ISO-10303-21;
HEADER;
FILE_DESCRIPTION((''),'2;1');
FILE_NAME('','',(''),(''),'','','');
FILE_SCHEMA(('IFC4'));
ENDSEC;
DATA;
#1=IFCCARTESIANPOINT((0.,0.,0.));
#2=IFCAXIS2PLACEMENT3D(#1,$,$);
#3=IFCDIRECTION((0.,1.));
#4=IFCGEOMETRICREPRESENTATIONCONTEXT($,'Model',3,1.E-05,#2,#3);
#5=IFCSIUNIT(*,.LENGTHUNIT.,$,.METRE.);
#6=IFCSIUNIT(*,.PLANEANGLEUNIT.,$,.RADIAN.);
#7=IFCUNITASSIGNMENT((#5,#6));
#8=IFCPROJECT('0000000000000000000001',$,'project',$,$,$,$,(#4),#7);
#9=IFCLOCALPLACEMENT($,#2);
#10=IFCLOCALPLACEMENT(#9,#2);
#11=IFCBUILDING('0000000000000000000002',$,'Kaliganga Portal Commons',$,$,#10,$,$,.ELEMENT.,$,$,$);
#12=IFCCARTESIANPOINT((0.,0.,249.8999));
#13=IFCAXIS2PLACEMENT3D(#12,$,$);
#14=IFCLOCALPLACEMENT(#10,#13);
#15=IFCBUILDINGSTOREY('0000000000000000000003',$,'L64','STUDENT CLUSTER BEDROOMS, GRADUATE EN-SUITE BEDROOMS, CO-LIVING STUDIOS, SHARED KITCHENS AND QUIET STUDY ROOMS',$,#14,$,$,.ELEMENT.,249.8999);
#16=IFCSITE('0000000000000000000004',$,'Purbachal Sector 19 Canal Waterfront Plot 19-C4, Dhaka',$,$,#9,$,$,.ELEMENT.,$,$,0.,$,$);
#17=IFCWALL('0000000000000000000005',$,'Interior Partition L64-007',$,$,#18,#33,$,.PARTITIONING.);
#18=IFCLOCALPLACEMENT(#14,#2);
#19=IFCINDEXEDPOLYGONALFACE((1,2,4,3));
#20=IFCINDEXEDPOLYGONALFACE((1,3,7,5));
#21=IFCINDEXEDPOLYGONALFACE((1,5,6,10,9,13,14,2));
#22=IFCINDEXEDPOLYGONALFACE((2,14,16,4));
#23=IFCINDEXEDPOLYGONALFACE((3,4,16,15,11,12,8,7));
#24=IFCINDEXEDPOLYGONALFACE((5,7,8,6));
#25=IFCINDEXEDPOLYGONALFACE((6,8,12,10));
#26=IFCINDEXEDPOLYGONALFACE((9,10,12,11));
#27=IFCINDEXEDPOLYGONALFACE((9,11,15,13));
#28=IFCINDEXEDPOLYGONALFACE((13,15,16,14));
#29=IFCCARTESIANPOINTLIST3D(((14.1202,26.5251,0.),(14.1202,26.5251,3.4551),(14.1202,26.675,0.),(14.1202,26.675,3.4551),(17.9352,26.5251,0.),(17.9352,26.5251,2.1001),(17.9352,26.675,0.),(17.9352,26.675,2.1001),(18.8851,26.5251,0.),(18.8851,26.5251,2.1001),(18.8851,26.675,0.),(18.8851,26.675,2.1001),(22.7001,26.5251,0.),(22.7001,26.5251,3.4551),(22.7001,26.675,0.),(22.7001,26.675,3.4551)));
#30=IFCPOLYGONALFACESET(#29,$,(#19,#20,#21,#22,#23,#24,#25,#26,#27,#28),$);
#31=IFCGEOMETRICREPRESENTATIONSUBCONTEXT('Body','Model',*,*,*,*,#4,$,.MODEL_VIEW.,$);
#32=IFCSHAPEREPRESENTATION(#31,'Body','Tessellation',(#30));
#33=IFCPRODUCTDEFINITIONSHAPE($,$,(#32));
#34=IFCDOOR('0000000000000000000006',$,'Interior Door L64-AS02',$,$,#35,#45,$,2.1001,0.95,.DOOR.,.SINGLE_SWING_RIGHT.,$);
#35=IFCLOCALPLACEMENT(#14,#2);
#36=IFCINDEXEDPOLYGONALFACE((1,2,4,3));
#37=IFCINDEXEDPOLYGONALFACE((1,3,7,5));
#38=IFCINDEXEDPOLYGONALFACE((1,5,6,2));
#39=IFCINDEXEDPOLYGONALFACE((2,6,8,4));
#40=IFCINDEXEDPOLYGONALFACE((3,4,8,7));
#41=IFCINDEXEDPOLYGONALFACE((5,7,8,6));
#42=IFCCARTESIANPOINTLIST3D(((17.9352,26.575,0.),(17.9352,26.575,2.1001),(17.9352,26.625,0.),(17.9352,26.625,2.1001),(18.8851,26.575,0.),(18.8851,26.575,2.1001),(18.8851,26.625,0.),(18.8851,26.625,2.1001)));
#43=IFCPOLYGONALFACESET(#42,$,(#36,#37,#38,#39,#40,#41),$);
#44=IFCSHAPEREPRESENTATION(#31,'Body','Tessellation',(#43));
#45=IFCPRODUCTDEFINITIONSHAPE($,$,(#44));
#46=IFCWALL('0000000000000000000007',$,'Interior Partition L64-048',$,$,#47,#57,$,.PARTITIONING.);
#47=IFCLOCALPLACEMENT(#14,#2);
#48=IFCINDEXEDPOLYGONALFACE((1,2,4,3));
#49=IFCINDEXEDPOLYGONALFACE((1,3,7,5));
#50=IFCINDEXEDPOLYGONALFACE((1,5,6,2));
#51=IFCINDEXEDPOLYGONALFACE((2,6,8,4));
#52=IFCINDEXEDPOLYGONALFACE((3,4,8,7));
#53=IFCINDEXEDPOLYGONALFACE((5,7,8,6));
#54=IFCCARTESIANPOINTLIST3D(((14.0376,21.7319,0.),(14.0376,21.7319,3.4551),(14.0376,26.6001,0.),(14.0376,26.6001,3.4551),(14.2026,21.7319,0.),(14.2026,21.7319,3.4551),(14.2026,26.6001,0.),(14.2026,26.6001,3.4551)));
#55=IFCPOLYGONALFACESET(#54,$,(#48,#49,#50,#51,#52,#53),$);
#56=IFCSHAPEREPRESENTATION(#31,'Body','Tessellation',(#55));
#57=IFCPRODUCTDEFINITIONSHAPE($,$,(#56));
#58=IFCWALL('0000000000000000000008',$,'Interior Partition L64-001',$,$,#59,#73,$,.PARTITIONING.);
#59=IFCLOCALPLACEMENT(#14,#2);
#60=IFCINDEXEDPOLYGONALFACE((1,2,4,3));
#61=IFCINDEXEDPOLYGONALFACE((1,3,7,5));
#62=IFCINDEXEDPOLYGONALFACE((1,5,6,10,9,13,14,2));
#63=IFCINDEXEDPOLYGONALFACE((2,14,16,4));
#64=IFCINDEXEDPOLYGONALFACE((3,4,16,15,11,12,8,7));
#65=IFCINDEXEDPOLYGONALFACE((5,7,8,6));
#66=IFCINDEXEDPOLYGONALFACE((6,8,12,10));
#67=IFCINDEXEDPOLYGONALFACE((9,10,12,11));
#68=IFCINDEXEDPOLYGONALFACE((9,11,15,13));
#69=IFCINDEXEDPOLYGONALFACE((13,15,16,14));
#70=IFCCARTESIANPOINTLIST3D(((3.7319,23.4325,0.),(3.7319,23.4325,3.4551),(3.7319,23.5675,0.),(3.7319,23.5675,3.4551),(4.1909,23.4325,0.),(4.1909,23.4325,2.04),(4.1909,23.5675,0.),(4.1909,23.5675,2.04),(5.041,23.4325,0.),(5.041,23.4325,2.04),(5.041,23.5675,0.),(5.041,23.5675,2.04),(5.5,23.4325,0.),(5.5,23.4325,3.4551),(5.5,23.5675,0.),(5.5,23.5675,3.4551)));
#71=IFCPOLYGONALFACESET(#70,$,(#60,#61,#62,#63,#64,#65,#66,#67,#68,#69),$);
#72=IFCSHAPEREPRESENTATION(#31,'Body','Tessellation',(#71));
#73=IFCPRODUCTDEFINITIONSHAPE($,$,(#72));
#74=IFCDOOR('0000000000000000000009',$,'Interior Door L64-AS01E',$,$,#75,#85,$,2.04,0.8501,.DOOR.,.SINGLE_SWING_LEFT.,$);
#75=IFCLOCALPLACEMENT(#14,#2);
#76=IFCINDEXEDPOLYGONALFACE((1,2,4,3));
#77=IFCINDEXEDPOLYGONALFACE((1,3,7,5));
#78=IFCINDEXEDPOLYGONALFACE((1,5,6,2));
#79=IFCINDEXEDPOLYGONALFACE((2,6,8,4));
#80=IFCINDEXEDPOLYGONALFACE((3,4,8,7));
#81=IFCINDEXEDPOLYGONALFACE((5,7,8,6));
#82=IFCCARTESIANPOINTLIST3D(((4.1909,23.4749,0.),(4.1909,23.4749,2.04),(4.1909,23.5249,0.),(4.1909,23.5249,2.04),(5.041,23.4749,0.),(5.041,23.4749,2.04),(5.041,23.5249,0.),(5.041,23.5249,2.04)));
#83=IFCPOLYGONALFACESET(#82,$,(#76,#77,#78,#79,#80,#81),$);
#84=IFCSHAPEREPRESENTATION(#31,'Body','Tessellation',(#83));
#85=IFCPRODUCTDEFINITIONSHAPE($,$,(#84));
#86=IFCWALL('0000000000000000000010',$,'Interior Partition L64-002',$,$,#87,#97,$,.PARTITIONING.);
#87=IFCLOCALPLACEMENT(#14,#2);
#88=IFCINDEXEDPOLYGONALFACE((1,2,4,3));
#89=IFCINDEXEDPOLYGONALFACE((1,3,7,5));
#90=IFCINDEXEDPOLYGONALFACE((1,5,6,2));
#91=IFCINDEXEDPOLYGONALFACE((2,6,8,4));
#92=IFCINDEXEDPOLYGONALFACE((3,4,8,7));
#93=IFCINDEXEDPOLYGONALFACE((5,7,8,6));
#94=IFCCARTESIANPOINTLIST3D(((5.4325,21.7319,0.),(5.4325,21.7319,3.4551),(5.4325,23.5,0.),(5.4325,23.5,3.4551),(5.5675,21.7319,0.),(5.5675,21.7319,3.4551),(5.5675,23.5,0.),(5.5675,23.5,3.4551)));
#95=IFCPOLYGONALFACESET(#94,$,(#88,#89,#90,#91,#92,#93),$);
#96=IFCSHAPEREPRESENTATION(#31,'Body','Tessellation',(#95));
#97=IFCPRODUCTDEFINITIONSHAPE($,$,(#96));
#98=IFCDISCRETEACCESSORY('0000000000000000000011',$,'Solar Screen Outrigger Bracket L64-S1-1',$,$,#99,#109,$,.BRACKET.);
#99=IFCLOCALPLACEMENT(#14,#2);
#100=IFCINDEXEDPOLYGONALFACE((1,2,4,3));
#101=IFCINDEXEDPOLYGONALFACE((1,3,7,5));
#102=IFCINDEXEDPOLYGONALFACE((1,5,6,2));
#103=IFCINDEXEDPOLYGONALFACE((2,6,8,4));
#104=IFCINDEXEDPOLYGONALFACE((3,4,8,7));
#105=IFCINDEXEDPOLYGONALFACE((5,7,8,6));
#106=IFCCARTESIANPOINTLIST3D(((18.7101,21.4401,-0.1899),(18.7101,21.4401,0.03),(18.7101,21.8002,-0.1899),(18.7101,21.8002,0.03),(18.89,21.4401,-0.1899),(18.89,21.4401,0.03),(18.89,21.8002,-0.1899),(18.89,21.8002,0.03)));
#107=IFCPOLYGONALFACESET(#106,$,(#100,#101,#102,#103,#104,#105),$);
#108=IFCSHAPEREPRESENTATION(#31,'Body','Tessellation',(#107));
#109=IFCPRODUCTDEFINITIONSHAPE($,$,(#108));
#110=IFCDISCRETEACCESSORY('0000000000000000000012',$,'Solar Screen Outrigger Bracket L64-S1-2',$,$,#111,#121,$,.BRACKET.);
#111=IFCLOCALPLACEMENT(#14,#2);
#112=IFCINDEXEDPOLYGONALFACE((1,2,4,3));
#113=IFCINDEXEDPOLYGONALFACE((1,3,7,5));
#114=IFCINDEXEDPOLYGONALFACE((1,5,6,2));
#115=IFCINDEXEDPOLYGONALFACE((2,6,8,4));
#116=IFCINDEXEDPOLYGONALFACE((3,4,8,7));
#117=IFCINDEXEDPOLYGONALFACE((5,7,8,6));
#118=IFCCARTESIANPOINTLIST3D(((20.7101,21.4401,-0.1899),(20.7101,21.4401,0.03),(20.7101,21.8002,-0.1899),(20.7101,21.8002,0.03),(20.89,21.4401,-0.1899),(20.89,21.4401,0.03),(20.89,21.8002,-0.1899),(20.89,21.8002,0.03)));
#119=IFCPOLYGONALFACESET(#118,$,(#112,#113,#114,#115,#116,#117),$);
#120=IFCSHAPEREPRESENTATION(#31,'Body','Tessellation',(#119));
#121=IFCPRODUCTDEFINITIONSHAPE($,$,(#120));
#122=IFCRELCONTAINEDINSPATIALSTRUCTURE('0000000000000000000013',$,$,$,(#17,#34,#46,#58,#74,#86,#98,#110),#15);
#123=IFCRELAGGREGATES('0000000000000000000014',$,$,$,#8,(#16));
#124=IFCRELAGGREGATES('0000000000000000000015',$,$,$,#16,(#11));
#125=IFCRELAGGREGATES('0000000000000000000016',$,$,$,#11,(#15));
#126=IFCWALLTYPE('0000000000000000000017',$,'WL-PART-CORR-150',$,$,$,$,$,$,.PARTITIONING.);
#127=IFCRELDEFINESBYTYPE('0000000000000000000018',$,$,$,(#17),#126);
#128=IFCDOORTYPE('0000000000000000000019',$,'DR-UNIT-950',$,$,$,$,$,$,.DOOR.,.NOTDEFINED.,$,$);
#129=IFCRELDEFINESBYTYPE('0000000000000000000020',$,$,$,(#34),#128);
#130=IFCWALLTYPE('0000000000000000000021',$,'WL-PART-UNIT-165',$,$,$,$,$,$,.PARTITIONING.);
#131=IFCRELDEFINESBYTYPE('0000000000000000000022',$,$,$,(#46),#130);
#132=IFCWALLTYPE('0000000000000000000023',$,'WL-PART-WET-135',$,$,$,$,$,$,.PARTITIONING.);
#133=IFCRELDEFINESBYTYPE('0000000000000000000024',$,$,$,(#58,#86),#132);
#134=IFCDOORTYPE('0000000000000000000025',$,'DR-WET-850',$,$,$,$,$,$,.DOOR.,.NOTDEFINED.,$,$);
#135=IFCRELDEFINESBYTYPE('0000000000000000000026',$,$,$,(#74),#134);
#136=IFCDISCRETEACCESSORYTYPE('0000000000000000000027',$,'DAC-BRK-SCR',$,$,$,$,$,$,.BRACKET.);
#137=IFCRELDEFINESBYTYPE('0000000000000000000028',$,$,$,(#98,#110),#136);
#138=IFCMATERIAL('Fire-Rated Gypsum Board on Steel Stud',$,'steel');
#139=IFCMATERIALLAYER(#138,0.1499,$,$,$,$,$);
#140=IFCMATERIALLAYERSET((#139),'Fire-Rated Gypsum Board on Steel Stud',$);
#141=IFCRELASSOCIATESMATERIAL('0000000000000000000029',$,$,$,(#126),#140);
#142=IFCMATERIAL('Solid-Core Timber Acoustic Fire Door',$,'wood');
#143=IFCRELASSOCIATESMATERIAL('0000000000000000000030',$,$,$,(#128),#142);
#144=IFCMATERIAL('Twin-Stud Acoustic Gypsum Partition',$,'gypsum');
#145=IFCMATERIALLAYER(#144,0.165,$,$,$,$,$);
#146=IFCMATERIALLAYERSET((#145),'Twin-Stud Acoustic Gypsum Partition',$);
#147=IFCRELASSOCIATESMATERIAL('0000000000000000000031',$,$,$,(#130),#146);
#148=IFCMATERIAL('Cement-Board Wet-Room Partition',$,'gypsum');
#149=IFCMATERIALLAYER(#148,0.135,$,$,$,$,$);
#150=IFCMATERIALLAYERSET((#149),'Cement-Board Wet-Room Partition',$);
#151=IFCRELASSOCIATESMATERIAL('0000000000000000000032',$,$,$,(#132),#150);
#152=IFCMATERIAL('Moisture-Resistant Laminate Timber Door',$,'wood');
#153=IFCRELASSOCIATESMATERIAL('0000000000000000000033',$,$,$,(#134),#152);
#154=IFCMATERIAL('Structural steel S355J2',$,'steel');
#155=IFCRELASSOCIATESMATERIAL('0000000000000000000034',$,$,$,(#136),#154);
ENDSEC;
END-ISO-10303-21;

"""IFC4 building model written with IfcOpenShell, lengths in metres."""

from ifc_helpers import new_model, si_unit, direction, frame, frame_2d, origin, origin_2d, place, context, subcontext, project, spatial, rectangle, extrude, source, transform, mapped, material, layer, layer_set, type_object, element, fill, save


model = new_model("IFC4")

# Units and contexts
model_context = context("Model", 3, precision=1e-05, world=origin(), true_north=direction((0.0, 1.0)))
body_context = subcontext(model_context, "Body", "Model", "MODEL_VIEW")
ifc_project = project(units=[si_unit("LENGTHUNIT", "METRE"), si_unit("PLANEANGLEUNIT", "RADIAN")], contexts=[model_context])

# Site, building, storey
site_placement = place(None, origin())
site = spatial("IfcSite", under=ifc_project, at=site_placement, Name="Purbachal Sector 19 Canal Waterfront Plot 19-C4, Dhaka", CompositionType="ELEMENT", RefElevation=0.0)
building_placement = place(site_placement, origin())
building = spatial("IfcBuilding", under=site, at=building_placement, Name="Kaliganga Portal Commons", CompositionType="ELEMENT")
storey_placement = place(building_placement, frame((0.0, 0.0, 249.8999)))
storey = spatial("IfcBuildingStorey", under=building, at=storey_placement, Name="L64", Description="STUDENT CLUSTER BEDROOMS, GRADUATE EN-SUITE BEDROOMS, CO-LIVING STUDIOS, SHARED KITCHENS AND QUIET STUDY ROOMS", CompositionType="ELEMENT", Elevation=249.8999)

# Shared definitions
ifc_material_1 = material(Name="Structural steel S355J2", Category="steel")

# Wall, opening, door
ifc_material_2 = material(Name="Fire-Rated Gypsum Board on Steel Stud", Category="steel")
ifc_layer_1 = layer(ifc_material_2, 0.1499)
ifc_layer_set_1 = layer_set([ifc_layer_1], Name="Fire-Rated Gypsum Board on Steel Stud")
wall_type_1 = type_object("IfcWallType", Name="WL-PART-CORR-150", PredefinedType="PARTITIONING", material=ifc_layer_set_1)
wall_1_placement = place(storey_placement, frame((14.1201, 26.6001, 0.0), z_axis=(0.0, 0.0, 1.0), x_axis=(1.0, 0.0, 0.0)))
wall_1 = element("IfcWall", 1, at=wall_1_placement, inside=storey, type_object=wall_type_1, Name="Interior Partition L64-007", PredefinedType="PARTITIONING", context=body_context, shape_type="SweptSolid", body=[
    extrude(rectangle(XDim=8.5798, YDim=0.1499, at=frame_2d((4.29, 0.0))), origin(), (0.0, 0.0, 1.0), 3.4551),
])
opening_1_placement = place(wall_1_placement, frame((3.8149, 0.0, 0.0)))
opening_1 = element("IfcOpeningElement", 2, at=opening_1_placement, cuts=wall_1, PredefinedType="OPENING", context=body_context, shape_type="SweptSolid", body=[
    extrude(rectangle(XDim=0.95, YDim=2.1001, at=frame_2d((0.4751, 1.05))), frame((0.0, 0.085, 0.0), z_axis=(0.0, -1.0, 0.0), x_axis=(1.0, 0.0, 0.0)), (0.0, 0.0, 1.0), 0.1699),
])
ifc_material_3 = material(Name="Solid-Core Timber Acoustic Fire Door", Category="wood")
door_type_1 = type_object("IfcDoorType", Name="DR-UNIT-950", OperationType="NOTDEFINED", PredefinedType="DOOR", material=ifc_material_3)
door_1_placement = place(opening_1_placement, origin())
door_1 = element("IfcDoor", 3, at=door_1_placement, inside=storey, type_object=door_type_1, Name="Interior Door L64-AS02", OperationType="SINGLE_SWING_RIGHT", OverallHeight=2.1001, OverallWidth=0.95, PredefinedType="DOOR", context=body_context, shape_type="SweptSolid", body=[
    extrude(rectangle(XDim=0.95, YDim=2.1001, at=frame_2d((0.4751, 1.05))), frame((0.0, 0.0249, 0.0), z_axis=(0.0, -1.0, 0.0), x_axis=(1.0, 0.0, 0.0)), (0.0, 0.0, 1.0), 0.05),
])
fill(opening_1, door_1)

# Wall
ifc_material_4 = material(Name="Twin-Stud Acoustic Gypsum Partition", Category="gypsum")
ifc_layer_2 = layer(ifc_material_4, 0.165)
ifc_layer_set_2 = layer_set([ifc_layer_2], Name="Twin-Stud Acoustic Gypsum Partition")
wall_type_2 = type_object("IfcWallType", Name="WL-PART-UNIT-165", PredefinedType="PARTITIONING", material=ifc_layer_set_2)
wall_2_placement = place(storey_placement, frame((14.1201, 21.7319, 0.0), z_axis=(0.0, 0.0, 1.0), x_axis=(0.0, 1.0, 0.0)))
element("IfcWall", 4, at=wall_2_placement, inside=storey, type_object=wall_type_2, Name="Interior Partition L64-048", PredefinedType="PARTITIONING", context=body_context, shape_type="SweptSolid", body=[
    extrude(rectangle(XDim=4.8682, YDim=0.165, at=frame_2d((2.4341, 0.0))), origin(), (0.0, 0.0, 1.0), 3.4551),
])

# Wall, opening, door
ifc_material_5 = material(Name="Cement-Board Wet-Room Partition", Category="gypsum")
ifc_layer_3 = layer(ifc_material_5, 0.135)
ifc_layer_set_3 = layer_set([ifc_layer_3], Name="Cement-Board Wet-Room Partition")
wall_type_3 = type_object("IfcWallType", Name="WL-PART-WET-135", PredefinedType="PARTITIONING", material=ifc_layer_set_3)
wall_3_placement = place(storey_placement, frame((3.7319, 23.5, 0.0), z_axis=(0.0, 0.0, 1.0), x_axis=(1.0, 0.0, 0.0)))
wall_3 = element("IfcWall", 5, at=wall_3_placement, inside=storey, type_object=wall_type_3, Name="Interior Partition L64-001", PredefinedType="PARTITIONING", context=body_context, shape_type="SweptSolid", body=[
    extrude(rectangle(XDim=1.7681, YDim=0.135, at=frame_2d((0.884, 0.0))), origin(), (0.0, 0.0, 1.0), 3.4551),
])
opening_2_placement = place(wall_3_placement, frame((0.459, 0.0, 0.0)))
opening_2 = element("IfcOpeningElement", 6, at=opening_2_placement, cuts=wall_3, PredefinedType="OPENING", context=body_context, shape_type="SweptSolid", body=[
    extrude(rectangle(XDim=0.8501, YDim=2.04, at=frame_2d((0.425, 1.02))), frame((0.0, 0.0776, 0.0), z_axis=(0.0, -1.0, 0.0), x_axis=(1.0, 0.0, 0.0)), (0.0, 0.0, 1.0), 0.155),
])
ifc_material_6 = material(Name="Moisture-Resistant Laminate Timber Door", Category="wood")
door_type_2 = type_object("IfcDoorType", Name="DR-WET-850", OperationType="NOTDEFINED", PredefinedType="DOOR", material=ifc_material_6)
door_2_placement = place(opening_2_placement, origin())
door_2 = element("IfcDoor", 7, at=door_2_placement, inside=storey, type_object=door_type_2, Name="Interior Door L64-AS01E", OperationType="SINGLE_SWING_LEFT", OverallHeight=2.04, OverallWidth=0.8501, PredefinedType="DOOR", context=body_context, shape_type="SweptSolid", body=[
    extrude(rectangle(XDim=0.8501, YDim=2.04, at=frame_2d((0.425, 1.02))), frame((0.0, 0.0249, 0.0), z_axis=(0.0, -1.0, 0.0), x_axis=(1.0, 0.0, 0.0)), (0.0, 0.0, 1.0), 0.05),
])
fill(opening_2, door_2)

# Wall
wall_4_placement = place(storey_placement, frame((5.5, 21.7319, 0.0), z_axis=(0.0, 0.0, 1.0), x_axis=(0.0, 1.0, 0.0)))
element("IfcWall", 8, at=wall_4_placement, inside=storey, type_object=wall_type_3, Name="Interior Partition L64-002", PredefinedType="PARTITIONING", context=body_context, shape_type="SweptSolid", body=[
    extrude(rectangle(XDim=1.7681, YDim=0.135, at=frame_2d((0.884, 0.0))), origin(), (0.0, 0.0, 1.0), 3.4551),
])

# Discrete accessories
discrete_accessory_type = type_object("IfcDiscreteAccessoryType", Name="DAC-BRK-SCR", PredefinedType="BRACKET", material=ifc_material_1)
shared_shape_1 = source(origin(), body_context, "Body", "SweptSolid", [
    extrude(rectangle(XDim=0.1799, YDim=0.3601, at=origin_2d()), origin(), (0.0, 0.0, 1.0), 0.22),
])
for number, where, z_axis, x_axis, name in (
    (9, (18.8, 21.6201, -0.1899), (0.0, 0.0, 1.0), (1.0, 0.0, 0.0), "Solar Screen Outrigger Bracket L64-S1-1"),
    (10, (20.8, 21.6201, -0.1899), (0.0, 0.0, 1.0), (1.0, 0.0, 0.0), "Solar Screen Outrigger Bracket L64-S1-2"),
):
    element("IfcDiscreteAccessory", number, at=place(storey_placement, frame(where, z_axis=z_axis, x_axis=x_axis)), inside=storey, type_object=discrete_accessory_type, Name=name, PredefinedType="BRACKET", context=body_context, shape_type="MappedRepresentation", body=[
        mapped(shared_shape_1, transform((0.0, 0.0, 0.0), x_axis=(1.0, 0.0, 0.0), y_axis=(0.0, 1.0, 0.0), z_axis=(0.0, 0.0, 1.0), scale=1.0)),
    ])

save(model, "model.ifc")
